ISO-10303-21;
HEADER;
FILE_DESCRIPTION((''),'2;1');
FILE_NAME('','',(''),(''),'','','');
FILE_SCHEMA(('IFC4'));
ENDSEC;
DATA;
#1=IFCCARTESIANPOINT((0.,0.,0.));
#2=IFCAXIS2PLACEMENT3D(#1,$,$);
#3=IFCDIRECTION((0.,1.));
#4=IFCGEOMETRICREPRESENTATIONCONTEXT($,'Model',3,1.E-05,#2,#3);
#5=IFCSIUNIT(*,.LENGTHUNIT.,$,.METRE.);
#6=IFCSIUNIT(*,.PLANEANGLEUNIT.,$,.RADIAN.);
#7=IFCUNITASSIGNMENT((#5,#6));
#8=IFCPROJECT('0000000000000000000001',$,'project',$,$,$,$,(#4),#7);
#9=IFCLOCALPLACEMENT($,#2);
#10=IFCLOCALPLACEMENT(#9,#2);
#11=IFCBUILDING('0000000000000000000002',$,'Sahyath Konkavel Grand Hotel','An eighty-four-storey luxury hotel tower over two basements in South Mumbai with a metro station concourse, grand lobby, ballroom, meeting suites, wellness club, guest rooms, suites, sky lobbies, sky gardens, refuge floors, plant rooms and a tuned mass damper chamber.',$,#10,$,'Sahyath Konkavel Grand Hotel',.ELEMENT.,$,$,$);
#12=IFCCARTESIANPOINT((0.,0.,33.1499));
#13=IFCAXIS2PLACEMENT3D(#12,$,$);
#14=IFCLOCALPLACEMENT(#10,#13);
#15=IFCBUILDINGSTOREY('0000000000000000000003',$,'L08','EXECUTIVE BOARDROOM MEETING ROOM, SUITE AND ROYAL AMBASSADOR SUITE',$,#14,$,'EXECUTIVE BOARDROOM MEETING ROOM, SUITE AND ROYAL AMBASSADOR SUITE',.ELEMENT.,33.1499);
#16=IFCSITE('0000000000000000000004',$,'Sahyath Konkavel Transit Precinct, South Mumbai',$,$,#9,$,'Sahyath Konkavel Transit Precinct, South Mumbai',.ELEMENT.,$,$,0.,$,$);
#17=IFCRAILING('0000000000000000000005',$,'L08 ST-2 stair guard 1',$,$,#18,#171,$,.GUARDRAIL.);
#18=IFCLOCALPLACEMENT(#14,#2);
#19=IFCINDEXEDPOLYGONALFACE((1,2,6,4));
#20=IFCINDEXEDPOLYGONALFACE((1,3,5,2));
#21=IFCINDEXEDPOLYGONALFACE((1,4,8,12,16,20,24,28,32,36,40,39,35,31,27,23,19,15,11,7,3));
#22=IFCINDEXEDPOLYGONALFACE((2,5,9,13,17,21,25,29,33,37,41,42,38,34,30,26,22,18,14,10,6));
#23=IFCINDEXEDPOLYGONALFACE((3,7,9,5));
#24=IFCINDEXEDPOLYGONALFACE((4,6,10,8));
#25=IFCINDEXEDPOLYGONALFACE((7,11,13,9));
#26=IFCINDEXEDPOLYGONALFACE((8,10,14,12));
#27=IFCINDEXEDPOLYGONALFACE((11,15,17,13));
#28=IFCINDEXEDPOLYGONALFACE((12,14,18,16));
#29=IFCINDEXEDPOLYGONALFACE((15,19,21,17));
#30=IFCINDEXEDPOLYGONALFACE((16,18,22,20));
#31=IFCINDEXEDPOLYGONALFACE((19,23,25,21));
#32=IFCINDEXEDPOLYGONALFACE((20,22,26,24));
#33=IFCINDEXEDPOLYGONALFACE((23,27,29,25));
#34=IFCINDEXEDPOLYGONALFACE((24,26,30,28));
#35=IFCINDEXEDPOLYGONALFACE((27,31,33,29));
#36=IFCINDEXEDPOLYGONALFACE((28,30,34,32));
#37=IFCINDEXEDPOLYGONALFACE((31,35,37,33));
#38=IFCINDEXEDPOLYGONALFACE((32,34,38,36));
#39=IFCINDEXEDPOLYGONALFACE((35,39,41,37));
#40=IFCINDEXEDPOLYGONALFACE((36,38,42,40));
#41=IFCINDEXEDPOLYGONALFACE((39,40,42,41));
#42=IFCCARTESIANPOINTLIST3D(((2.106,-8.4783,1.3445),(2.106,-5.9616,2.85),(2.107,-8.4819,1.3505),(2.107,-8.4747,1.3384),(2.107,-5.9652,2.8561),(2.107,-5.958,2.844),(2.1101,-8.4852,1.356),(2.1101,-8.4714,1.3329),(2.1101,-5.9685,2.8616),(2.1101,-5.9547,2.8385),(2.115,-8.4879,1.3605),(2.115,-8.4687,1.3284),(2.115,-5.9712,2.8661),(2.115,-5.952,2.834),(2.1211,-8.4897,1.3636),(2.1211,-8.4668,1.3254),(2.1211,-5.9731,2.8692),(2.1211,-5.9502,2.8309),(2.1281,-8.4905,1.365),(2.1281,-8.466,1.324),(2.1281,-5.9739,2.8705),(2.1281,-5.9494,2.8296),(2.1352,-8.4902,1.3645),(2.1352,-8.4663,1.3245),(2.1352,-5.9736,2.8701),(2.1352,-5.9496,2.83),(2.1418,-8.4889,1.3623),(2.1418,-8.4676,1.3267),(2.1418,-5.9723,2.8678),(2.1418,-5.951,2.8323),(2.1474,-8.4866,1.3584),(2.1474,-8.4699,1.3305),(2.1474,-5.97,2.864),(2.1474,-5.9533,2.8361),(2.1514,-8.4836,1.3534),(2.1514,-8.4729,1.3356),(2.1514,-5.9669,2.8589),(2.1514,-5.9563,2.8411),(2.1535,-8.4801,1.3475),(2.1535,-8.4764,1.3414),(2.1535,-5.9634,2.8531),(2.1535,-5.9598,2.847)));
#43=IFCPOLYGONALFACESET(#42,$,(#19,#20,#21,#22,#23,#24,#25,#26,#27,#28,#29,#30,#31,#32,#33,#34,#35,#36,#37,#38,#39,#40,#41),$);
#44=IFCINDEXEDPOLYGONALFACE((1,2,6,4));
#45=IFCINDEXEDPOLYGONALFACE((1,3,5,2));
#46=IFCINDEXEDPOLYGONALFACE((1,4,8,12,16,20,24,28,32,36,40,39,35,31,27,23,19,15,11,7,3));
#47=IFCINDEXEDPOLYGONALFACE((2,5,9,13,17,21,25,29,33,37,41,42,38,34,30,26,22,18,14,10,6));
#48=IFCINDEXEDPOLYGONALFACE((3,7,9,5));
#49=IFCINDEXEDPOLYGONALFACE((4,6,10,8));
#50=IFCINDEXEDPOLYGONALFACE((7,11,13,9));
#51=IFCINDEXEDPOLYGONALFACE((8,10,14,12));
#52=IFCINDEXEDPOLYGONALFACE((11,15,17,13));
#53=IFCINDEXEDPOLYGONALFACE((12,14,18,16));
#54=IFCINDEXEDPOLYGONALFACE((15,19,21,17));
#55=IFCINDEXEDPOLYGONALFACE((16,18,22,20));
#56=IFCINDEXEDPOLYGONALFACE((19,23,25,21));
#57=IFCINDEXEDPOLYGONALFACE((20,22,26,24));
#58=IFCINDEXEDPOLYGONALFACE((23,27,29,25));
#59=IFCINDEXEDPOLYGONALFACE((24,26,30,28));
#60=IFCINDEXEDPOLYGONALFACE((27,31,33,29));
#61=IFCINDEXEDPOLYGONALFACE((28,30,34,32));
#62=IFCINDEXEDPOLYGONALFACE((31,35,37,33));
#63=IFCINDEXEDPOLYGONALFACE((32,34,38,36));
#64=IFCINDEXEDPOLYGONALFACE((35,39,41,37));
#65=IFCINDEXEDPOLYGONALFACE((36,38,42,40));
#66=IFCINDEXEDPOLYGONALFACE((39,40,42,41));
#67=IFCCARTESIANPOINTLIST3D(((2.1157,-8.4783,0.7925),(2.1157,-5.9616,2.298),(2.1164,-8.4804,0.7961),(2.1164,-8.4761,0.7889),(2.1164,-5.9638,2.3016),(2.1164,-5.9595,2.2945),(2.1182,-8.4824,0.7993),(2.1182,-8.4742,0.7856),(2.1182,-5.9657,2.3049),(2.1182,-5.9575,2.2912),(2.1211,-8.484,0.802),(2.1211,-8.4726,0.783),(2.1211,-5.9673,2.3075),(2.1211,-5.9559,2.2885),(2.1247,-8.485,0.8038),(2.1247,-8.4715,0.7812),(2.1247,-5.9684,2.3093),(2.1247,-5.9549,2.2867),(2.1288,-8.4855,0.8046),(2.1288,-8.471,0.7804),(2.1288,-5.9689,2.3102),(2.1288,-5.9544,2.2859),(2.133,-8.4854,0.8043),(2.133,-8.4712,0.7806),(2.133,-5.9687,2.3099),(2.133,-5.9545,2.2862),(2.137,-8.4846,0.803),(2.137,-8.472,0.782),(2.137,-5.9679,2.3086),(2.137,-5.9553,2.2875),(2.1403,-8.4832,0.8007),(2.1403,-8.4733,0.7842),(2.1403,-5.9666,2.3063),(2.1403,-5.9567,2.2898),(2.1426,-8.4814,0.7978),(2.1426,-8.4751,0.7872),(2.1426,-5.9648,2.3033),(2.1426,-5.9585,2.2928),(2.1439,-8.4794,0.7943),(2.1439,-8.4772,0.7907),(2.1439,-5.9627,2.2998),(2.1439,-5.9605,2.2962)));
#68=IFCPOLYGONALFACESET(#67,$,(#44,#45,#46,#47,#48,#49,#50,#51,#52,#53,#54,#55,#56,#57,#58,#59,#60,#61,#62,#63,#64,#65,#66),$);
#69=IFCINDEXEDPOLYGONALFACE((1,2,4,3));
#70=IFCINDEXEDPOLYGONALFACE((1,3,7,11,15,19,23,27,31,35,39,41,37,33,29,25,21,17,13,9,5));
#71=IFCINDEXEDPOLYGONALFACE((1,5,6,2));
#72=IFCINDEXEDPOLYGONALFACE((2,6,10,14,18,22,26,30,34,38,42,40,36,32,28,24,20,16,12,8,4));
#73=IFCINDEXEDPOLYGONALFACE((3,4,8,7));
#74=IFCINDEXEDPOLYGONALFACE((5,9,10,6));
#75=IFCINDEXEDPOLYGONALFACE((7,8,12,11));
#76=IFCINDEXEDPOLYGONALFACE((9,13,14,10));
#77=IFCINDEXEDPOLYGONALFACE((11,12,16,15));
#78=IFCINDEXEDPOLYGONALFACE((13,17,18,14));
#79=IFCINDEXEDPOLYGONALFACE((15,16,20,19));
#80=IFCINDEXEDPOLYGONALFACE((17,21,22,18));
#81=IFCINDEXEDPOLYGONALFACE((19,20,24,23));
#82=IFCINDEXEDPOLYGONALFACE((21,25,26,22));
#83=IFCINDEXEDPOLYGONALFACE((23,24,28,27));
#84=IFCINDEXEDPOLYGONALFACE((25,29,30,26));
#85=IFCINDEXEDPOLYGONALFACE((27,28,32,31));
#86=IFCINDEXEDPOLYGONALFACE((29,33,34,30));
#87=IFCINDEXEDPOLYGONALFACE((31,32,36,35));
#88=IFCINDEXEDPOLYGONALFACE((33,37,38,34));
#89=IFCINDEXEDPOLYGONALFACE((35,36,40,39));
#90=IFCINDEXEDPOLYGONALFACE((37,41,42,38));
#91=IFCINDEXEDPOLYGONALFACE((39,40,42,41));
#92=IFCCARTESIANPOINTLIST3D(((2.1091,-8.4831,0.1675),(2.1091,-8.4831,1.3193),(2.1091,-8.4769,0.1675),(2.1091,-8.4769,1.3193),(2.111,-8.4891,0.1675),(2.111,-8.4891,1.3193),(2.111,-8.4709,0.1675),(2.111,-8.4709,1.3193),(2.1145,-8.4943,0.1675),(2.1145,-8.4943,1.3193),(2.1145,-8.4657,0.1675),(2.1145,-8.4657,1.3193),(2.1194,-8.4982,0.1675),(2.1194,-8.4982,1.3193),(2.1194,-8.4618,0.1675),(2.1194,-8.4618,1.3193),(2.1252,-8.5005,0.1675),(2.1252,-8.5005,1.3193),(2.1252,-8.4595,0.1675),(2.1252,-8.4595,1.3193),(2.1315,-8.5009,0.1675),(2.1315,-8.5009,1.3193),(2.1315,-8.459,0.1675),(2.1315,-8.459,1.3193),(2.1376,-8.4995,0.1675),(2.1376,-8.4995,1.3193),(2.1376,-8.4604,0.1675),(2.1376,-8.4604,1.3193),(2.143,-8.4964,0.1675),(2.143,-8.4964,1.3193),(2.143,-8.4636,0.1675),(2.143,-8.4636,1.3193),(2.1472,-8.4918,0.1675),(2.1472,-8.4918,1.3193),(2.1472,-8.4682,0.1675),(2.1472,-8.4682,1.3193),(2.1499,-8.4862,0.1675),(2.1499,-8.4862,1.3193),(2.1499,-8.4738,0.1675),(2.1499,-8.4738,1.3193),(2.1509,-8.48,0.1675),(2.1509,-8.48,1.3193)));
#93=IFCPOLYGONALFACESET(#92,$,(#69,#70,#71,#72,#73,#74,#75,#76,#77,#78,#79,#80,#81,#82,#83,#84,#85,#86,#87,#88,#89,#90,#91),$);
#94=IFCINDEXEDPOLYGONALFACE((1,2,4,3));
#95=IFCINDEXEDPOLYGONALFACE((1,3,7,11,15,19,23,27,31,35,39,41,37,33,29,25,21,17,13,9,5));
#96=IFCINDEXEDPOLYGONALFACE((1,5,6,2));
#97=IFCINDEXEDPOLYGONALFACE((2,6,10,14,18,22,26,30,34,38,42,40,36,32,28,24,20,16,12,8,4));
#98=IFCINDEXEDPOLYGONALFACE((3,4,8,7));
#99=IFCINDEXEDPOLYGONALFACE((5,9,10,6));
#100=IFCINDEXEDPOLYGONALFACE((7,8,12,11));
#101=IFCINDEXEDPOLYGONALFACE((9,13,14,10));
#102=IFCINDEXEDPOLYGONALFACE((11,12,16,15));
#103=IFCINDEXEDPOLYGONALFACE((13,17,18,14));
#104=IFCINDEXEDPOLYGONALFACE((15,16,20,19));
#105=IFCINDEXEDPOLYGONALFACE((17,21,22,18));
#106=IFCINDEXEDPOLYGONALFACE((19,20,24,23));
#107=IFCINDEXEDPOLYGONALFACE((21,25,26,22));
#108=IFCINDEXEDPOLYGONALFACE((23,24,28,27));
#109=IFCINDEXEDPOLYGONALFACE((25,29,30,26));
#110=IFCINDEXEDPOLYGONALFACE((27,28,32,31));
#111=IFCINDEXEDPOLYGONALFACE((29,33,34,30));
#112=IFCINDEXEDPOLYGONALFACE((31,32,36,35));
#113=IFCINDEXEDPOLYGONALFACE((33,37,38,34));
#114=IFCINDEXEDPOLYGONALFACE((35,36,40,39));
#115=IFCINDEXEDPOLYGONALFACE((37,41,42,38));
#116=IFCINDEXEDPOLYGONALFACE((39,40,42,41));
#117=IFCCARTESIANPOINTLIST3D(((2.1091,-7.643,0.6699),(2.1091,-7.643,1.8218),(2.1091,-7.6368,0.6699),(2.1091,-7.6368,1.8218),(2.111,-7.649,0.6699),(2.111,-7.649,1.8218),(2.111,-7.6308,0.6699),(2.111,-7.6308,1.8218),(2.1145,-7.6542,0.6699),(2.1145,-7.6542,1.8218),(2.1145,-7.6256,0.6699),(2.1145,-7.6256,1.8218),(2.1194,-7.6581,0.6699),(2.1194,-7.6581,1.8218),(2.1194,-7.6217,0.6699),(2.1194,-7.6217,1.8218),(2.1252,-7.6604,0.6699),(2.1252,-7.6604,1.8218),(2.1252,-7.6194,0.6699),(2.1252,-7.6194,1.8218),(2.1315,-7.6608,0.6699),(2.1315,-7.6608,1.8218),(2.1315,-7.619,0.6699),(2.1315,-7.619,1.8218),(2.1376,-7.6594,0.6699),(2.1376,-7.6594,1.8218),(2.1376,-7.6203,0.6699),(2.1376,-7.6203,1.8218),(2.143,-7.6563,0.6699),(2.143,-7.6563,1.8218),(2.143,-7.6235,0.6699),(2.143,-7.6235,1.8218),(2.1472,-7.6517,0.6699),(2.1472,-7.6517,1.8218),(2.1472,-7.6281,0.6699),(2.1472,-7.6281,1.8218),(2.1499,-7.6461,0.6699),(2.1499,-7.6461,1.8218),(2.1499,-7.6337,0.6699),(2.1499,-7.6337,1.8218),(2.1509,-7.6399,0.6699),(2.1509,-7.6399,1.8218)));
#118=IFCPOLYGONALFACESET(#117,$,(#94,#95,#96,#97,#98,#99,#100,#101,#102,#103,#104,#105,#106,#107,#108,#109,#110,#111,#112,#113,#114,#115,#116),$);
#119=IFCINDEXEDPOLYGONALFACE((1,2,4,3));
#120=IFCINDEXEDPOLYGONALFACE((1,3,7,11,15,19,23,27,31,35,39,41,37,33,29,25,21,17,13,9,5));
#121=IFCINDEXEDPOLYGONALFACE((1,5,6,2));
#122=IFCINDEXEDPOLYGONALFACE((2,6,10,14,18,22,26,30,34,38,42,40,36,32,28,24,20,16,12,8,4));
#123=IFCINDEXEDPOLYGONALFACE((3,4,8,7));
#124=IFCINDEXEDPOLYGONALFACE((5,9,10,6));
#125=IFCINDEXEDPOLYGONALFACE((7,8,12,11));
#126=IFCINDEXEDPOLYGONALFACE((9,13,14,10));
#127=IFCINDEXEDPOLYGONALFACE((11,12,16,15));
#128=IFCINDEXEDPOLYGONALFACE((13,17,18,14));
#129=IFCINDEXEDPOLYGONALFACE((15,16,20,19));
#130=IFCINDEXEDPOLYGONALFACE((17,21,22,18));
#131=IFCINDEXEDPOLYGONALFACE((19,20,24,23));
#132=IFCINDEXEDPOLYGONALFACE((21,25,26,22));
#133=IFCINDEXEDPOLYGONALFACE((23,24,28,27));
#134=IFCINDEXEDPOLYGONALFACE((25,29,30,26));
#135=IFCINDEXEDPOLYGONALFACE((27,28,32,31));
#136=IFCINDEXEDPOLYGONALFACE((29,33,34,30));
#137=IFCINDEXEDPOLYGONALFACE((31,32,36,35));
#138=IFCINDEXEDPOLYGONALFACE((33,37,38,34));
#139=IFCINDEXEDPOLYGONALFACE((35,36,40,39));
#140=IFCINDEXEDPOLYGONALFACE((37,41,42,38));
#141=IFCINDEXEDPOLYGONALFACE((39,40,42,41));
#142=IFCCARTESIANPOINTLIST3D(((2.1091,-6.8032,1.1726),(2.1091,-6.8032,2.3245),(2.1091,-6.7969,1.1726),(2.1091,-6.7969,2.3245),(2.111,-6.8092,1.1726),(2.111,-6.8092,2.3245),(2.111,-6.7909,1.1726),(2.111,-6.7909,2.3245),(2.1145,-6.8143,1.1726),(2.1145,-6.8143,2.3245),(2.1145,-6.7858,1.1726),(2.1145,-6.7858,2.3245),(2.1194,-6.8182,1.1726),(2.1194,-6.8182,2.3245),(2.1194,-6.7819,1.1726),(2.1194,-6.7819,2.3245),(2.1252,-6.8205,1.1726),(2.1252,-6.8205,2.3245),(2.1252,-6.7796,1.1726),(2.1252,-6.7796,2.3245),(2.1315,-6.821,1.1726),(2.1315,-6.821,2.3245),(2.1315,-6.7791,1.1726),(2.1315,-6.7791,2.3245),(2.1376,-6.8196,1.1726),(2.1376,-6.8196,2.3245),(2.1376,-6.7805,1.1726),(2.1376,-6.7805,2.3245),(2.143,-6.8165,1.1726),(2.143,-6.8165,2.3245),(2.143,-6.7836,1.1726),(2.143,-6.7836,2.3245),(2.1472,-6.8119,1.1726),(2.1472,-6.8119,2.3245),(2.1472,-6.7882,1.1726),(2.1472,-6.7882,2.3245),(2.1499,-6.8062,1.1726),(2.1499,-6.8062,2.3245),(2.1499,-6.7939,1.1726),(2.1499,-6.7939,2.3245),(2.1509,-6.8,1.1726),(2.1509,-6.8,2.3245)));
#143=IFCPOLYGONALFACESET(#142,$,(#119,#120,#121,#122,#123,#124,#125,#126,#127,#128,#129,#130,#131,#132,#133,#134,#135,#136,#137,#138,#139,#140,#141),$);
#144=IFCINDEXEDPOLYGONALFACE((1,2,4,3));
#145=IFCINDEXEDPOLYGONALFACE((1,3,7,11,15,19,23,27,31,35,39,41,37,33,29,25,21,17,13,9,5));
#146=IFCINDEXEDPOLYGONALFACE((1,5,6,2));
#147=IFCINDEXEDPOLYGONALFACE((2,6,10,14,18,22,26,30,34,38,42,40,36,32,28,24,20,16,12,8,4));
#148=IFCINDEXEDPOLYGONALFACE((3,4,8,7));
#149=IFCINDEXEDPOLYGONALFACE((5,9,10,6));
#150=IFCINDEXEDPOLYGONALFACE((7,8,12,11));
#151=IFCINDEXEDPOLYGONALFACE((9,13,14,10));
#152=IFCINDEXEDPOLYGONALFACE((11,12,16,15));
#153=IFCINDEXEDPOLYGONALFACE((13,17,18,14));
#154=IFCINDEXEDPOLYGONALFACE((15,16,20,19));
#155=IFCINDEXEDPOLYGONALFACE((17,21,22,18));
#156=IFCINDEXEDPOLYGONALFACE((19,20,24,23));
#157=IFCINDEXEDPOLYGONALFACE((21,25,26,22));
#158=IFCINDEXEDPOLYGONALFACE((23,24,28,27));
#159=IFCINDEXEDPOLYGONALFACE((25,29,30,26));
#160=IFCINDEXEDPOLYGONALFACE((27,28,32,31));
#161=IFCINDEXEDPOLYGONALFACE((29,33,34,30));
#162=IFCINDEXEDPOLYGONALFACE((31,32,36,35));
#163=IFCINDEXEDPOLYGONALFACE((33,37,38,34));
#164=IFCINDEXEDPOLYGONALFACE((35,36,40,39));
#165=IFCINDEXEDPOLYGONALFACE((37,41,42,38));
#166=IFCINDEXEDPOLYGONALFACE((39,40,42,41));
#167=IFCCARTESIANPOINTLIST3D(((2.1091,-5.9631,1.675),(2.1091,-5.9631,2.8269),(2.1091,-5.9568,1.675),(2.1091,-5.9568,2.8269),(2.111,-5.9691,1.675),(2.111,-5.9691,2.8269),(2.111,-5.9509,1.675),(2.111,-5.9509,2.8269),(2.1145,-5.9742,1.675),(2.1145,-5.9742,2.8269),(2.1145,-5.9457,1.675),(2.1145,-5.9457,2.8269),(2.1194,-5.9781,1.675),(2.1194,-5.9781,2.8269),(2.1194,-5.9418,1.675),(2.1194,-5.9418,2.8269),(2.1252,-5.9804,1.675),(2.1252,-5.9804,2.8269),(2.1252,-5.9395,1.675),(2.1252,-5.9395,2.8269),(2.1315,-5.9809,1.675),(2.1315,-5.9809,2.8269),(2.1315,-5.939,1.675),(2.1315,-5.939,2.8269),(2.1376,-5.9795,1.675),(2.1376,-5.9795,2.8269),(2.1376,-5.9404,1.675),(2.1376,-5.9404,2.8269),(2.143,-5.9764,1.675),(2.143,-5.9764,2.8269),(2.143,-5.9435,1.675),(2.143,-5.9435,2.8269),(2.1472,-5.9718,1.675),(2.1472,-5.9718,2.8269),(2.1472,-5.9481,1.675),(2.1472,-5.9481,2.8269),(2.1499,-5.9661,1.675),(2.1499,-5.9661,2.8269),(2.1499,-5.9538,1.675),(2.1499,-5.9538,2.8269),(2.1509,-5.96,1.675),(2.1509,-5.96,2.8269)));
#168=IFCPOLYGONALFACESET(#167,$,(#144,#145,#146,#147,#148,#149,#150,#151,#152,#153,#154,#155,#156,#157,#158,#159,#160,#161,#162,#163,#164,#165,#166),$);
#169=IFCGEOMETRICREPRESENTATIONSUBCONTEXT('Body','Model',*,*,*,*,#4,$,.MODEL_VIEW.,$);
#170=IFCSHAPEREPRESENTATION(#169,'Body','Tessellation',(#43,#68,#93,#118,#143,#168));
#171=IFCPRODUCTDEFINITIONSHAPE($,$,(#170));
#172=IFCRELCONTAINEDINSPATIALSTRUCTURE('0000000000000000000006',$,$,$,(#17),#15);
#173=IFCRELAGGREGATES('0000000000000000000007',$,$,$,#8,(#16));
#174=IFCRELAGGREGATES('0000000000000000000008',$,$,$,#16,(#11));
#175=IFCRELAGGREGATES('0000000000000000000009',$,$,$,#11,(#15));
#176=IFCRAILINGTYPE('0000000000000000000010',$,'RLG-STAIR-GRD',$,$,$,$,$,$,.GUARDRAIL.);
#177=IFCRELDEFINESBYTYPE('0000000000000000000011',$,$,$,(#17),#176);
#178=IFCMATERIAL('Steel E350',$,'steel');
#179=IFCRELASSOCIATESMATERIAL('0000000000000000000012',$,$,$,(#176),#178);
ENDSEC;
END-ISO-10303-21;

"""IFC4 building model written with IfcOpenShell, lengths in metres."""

from ifc_helpers import new_model, si_unit, direction, frame, origin, origin_2d, place, context, subcontext, project, spatial, circle, extrude, material, type_object, element, save


model = new_model("IFC4")

# Units and contexts
model_context = context("Model", 3, precision=1e-05, world=origin(), true_north=direction((0.0, 1.0)))
body_context = subcontext(model_context, "Body", "Model", "MODEL_VIEW")
ifc_project = project(units=[si_unit("LENGTHUNIT", "METRE"), si_unit("PLANEANGLEUNIT", "RADIAN")], contexts=[model_context])

# Site, building, storey
site_placement = place(None, origin())
site = spatial("IfcSite", under=ifc_project, at=site_placement, Name="Sahyath Konkavel Transit Precinct, South Mumbai", LongName="Sahyath Konkavel Transit Precinct, South Mumbai", CompositionType="ELEMENT", RefElevation=0.0)
building_placement = place(site_placement, origin())
building = spatial("IfcBuilding", under=site, at=building_placement, Name="Sahyath Konkavel Grand Hotel", Description="An eighty-four-storey luxury hotel tower over two basements in South Mumbai with a metro station concourse, grand lobby, ballroom, meeting suites, wellness club, guest rooms, suites, sky lobbies, sky gardens, refuge floors, plant rooms and a tuned mass damper chamber.", LongName="Sahyath Konkavel Grand Hotel", CompositionType="ELEMENT")
storey_placement = place(building_placement, frame((0.0, 0.0, 33.1499)))
storey = spatial("IfcBuildingStorey", under=building, at=storey_placement, Name="L08", Description="EXECUTIVE BOARDROOM MEETING ROOM, SUITE AND ROYAL AMBASSADOR SUITE", LongName="EXECUTIVE BOARDROOM MEETING ROOM, SUITE AND ROYAL AMBASSADOR SUITE", CompositionType="ELEMENT", Elevation=33.1499)

# Shared definitions
ifc_material_1 = material(Name="Steel E350", Category="steel")

# Railing
railing_type_1 = type_object("IfcRailingType", Name="RLG-STAIR-GRD", PredefinedType="GUARDRAIL", material=ifc_material_1)
railing_1_placement = place(storey_placement, frame((2.1299, -8.48, 0.1675)))
element("IfcRailing", 1, at=railing_1_placement, inside=storey, type_object=railing_type_1, Name="L08 ST-2 stair guard 1", PredefinedType="GUARDRAIL", context=body_context, shape_type="SweptSolid", body=[
    extrude(circle(Radius=0.0239, at=origin_2d()), frame((0.0, 0.0017, 1.177), z_axis=(0.0, 0.85816, 0.513383), x_axis=(-1.0, 0.0, 0.0)), (0.0, 0.0, 1.0), 2.9326),
    extrude(circle(Radius=0.0142, at=origin_2d()), frame((0.0, 0.0017, 0.625), z_axis=(0.0, 0.85816, 0.513383), x_axis=(-1.0, 0.0, 0.0)), (0.0, 0.0, 1.0), 2.9326),
    extrude(circle(Radius=0.021, at=origin_2d()), origin(), (0.0, 0.0, 1.0), 1.1519),
    extrude(circle(Radius=0.021, at=origin_2d()), frame((0.0, 0.8401, 0.5024)), (0.0, 0.0, 1.0), 1.1519),
    extrude(circle(Radius=0.021, at=origin_2d()), frame((0.0, 1.6799, 1.0051)), (0.0, 0.0, 1.0), 1.1519),
    extrude(circle(Radius=0.021, at=origin_2d()), frame((0.0, 2.52, 1.5076)), (0.0, 0.0, 1.0), 1.1519),
])

save(model, "model.ifc")
